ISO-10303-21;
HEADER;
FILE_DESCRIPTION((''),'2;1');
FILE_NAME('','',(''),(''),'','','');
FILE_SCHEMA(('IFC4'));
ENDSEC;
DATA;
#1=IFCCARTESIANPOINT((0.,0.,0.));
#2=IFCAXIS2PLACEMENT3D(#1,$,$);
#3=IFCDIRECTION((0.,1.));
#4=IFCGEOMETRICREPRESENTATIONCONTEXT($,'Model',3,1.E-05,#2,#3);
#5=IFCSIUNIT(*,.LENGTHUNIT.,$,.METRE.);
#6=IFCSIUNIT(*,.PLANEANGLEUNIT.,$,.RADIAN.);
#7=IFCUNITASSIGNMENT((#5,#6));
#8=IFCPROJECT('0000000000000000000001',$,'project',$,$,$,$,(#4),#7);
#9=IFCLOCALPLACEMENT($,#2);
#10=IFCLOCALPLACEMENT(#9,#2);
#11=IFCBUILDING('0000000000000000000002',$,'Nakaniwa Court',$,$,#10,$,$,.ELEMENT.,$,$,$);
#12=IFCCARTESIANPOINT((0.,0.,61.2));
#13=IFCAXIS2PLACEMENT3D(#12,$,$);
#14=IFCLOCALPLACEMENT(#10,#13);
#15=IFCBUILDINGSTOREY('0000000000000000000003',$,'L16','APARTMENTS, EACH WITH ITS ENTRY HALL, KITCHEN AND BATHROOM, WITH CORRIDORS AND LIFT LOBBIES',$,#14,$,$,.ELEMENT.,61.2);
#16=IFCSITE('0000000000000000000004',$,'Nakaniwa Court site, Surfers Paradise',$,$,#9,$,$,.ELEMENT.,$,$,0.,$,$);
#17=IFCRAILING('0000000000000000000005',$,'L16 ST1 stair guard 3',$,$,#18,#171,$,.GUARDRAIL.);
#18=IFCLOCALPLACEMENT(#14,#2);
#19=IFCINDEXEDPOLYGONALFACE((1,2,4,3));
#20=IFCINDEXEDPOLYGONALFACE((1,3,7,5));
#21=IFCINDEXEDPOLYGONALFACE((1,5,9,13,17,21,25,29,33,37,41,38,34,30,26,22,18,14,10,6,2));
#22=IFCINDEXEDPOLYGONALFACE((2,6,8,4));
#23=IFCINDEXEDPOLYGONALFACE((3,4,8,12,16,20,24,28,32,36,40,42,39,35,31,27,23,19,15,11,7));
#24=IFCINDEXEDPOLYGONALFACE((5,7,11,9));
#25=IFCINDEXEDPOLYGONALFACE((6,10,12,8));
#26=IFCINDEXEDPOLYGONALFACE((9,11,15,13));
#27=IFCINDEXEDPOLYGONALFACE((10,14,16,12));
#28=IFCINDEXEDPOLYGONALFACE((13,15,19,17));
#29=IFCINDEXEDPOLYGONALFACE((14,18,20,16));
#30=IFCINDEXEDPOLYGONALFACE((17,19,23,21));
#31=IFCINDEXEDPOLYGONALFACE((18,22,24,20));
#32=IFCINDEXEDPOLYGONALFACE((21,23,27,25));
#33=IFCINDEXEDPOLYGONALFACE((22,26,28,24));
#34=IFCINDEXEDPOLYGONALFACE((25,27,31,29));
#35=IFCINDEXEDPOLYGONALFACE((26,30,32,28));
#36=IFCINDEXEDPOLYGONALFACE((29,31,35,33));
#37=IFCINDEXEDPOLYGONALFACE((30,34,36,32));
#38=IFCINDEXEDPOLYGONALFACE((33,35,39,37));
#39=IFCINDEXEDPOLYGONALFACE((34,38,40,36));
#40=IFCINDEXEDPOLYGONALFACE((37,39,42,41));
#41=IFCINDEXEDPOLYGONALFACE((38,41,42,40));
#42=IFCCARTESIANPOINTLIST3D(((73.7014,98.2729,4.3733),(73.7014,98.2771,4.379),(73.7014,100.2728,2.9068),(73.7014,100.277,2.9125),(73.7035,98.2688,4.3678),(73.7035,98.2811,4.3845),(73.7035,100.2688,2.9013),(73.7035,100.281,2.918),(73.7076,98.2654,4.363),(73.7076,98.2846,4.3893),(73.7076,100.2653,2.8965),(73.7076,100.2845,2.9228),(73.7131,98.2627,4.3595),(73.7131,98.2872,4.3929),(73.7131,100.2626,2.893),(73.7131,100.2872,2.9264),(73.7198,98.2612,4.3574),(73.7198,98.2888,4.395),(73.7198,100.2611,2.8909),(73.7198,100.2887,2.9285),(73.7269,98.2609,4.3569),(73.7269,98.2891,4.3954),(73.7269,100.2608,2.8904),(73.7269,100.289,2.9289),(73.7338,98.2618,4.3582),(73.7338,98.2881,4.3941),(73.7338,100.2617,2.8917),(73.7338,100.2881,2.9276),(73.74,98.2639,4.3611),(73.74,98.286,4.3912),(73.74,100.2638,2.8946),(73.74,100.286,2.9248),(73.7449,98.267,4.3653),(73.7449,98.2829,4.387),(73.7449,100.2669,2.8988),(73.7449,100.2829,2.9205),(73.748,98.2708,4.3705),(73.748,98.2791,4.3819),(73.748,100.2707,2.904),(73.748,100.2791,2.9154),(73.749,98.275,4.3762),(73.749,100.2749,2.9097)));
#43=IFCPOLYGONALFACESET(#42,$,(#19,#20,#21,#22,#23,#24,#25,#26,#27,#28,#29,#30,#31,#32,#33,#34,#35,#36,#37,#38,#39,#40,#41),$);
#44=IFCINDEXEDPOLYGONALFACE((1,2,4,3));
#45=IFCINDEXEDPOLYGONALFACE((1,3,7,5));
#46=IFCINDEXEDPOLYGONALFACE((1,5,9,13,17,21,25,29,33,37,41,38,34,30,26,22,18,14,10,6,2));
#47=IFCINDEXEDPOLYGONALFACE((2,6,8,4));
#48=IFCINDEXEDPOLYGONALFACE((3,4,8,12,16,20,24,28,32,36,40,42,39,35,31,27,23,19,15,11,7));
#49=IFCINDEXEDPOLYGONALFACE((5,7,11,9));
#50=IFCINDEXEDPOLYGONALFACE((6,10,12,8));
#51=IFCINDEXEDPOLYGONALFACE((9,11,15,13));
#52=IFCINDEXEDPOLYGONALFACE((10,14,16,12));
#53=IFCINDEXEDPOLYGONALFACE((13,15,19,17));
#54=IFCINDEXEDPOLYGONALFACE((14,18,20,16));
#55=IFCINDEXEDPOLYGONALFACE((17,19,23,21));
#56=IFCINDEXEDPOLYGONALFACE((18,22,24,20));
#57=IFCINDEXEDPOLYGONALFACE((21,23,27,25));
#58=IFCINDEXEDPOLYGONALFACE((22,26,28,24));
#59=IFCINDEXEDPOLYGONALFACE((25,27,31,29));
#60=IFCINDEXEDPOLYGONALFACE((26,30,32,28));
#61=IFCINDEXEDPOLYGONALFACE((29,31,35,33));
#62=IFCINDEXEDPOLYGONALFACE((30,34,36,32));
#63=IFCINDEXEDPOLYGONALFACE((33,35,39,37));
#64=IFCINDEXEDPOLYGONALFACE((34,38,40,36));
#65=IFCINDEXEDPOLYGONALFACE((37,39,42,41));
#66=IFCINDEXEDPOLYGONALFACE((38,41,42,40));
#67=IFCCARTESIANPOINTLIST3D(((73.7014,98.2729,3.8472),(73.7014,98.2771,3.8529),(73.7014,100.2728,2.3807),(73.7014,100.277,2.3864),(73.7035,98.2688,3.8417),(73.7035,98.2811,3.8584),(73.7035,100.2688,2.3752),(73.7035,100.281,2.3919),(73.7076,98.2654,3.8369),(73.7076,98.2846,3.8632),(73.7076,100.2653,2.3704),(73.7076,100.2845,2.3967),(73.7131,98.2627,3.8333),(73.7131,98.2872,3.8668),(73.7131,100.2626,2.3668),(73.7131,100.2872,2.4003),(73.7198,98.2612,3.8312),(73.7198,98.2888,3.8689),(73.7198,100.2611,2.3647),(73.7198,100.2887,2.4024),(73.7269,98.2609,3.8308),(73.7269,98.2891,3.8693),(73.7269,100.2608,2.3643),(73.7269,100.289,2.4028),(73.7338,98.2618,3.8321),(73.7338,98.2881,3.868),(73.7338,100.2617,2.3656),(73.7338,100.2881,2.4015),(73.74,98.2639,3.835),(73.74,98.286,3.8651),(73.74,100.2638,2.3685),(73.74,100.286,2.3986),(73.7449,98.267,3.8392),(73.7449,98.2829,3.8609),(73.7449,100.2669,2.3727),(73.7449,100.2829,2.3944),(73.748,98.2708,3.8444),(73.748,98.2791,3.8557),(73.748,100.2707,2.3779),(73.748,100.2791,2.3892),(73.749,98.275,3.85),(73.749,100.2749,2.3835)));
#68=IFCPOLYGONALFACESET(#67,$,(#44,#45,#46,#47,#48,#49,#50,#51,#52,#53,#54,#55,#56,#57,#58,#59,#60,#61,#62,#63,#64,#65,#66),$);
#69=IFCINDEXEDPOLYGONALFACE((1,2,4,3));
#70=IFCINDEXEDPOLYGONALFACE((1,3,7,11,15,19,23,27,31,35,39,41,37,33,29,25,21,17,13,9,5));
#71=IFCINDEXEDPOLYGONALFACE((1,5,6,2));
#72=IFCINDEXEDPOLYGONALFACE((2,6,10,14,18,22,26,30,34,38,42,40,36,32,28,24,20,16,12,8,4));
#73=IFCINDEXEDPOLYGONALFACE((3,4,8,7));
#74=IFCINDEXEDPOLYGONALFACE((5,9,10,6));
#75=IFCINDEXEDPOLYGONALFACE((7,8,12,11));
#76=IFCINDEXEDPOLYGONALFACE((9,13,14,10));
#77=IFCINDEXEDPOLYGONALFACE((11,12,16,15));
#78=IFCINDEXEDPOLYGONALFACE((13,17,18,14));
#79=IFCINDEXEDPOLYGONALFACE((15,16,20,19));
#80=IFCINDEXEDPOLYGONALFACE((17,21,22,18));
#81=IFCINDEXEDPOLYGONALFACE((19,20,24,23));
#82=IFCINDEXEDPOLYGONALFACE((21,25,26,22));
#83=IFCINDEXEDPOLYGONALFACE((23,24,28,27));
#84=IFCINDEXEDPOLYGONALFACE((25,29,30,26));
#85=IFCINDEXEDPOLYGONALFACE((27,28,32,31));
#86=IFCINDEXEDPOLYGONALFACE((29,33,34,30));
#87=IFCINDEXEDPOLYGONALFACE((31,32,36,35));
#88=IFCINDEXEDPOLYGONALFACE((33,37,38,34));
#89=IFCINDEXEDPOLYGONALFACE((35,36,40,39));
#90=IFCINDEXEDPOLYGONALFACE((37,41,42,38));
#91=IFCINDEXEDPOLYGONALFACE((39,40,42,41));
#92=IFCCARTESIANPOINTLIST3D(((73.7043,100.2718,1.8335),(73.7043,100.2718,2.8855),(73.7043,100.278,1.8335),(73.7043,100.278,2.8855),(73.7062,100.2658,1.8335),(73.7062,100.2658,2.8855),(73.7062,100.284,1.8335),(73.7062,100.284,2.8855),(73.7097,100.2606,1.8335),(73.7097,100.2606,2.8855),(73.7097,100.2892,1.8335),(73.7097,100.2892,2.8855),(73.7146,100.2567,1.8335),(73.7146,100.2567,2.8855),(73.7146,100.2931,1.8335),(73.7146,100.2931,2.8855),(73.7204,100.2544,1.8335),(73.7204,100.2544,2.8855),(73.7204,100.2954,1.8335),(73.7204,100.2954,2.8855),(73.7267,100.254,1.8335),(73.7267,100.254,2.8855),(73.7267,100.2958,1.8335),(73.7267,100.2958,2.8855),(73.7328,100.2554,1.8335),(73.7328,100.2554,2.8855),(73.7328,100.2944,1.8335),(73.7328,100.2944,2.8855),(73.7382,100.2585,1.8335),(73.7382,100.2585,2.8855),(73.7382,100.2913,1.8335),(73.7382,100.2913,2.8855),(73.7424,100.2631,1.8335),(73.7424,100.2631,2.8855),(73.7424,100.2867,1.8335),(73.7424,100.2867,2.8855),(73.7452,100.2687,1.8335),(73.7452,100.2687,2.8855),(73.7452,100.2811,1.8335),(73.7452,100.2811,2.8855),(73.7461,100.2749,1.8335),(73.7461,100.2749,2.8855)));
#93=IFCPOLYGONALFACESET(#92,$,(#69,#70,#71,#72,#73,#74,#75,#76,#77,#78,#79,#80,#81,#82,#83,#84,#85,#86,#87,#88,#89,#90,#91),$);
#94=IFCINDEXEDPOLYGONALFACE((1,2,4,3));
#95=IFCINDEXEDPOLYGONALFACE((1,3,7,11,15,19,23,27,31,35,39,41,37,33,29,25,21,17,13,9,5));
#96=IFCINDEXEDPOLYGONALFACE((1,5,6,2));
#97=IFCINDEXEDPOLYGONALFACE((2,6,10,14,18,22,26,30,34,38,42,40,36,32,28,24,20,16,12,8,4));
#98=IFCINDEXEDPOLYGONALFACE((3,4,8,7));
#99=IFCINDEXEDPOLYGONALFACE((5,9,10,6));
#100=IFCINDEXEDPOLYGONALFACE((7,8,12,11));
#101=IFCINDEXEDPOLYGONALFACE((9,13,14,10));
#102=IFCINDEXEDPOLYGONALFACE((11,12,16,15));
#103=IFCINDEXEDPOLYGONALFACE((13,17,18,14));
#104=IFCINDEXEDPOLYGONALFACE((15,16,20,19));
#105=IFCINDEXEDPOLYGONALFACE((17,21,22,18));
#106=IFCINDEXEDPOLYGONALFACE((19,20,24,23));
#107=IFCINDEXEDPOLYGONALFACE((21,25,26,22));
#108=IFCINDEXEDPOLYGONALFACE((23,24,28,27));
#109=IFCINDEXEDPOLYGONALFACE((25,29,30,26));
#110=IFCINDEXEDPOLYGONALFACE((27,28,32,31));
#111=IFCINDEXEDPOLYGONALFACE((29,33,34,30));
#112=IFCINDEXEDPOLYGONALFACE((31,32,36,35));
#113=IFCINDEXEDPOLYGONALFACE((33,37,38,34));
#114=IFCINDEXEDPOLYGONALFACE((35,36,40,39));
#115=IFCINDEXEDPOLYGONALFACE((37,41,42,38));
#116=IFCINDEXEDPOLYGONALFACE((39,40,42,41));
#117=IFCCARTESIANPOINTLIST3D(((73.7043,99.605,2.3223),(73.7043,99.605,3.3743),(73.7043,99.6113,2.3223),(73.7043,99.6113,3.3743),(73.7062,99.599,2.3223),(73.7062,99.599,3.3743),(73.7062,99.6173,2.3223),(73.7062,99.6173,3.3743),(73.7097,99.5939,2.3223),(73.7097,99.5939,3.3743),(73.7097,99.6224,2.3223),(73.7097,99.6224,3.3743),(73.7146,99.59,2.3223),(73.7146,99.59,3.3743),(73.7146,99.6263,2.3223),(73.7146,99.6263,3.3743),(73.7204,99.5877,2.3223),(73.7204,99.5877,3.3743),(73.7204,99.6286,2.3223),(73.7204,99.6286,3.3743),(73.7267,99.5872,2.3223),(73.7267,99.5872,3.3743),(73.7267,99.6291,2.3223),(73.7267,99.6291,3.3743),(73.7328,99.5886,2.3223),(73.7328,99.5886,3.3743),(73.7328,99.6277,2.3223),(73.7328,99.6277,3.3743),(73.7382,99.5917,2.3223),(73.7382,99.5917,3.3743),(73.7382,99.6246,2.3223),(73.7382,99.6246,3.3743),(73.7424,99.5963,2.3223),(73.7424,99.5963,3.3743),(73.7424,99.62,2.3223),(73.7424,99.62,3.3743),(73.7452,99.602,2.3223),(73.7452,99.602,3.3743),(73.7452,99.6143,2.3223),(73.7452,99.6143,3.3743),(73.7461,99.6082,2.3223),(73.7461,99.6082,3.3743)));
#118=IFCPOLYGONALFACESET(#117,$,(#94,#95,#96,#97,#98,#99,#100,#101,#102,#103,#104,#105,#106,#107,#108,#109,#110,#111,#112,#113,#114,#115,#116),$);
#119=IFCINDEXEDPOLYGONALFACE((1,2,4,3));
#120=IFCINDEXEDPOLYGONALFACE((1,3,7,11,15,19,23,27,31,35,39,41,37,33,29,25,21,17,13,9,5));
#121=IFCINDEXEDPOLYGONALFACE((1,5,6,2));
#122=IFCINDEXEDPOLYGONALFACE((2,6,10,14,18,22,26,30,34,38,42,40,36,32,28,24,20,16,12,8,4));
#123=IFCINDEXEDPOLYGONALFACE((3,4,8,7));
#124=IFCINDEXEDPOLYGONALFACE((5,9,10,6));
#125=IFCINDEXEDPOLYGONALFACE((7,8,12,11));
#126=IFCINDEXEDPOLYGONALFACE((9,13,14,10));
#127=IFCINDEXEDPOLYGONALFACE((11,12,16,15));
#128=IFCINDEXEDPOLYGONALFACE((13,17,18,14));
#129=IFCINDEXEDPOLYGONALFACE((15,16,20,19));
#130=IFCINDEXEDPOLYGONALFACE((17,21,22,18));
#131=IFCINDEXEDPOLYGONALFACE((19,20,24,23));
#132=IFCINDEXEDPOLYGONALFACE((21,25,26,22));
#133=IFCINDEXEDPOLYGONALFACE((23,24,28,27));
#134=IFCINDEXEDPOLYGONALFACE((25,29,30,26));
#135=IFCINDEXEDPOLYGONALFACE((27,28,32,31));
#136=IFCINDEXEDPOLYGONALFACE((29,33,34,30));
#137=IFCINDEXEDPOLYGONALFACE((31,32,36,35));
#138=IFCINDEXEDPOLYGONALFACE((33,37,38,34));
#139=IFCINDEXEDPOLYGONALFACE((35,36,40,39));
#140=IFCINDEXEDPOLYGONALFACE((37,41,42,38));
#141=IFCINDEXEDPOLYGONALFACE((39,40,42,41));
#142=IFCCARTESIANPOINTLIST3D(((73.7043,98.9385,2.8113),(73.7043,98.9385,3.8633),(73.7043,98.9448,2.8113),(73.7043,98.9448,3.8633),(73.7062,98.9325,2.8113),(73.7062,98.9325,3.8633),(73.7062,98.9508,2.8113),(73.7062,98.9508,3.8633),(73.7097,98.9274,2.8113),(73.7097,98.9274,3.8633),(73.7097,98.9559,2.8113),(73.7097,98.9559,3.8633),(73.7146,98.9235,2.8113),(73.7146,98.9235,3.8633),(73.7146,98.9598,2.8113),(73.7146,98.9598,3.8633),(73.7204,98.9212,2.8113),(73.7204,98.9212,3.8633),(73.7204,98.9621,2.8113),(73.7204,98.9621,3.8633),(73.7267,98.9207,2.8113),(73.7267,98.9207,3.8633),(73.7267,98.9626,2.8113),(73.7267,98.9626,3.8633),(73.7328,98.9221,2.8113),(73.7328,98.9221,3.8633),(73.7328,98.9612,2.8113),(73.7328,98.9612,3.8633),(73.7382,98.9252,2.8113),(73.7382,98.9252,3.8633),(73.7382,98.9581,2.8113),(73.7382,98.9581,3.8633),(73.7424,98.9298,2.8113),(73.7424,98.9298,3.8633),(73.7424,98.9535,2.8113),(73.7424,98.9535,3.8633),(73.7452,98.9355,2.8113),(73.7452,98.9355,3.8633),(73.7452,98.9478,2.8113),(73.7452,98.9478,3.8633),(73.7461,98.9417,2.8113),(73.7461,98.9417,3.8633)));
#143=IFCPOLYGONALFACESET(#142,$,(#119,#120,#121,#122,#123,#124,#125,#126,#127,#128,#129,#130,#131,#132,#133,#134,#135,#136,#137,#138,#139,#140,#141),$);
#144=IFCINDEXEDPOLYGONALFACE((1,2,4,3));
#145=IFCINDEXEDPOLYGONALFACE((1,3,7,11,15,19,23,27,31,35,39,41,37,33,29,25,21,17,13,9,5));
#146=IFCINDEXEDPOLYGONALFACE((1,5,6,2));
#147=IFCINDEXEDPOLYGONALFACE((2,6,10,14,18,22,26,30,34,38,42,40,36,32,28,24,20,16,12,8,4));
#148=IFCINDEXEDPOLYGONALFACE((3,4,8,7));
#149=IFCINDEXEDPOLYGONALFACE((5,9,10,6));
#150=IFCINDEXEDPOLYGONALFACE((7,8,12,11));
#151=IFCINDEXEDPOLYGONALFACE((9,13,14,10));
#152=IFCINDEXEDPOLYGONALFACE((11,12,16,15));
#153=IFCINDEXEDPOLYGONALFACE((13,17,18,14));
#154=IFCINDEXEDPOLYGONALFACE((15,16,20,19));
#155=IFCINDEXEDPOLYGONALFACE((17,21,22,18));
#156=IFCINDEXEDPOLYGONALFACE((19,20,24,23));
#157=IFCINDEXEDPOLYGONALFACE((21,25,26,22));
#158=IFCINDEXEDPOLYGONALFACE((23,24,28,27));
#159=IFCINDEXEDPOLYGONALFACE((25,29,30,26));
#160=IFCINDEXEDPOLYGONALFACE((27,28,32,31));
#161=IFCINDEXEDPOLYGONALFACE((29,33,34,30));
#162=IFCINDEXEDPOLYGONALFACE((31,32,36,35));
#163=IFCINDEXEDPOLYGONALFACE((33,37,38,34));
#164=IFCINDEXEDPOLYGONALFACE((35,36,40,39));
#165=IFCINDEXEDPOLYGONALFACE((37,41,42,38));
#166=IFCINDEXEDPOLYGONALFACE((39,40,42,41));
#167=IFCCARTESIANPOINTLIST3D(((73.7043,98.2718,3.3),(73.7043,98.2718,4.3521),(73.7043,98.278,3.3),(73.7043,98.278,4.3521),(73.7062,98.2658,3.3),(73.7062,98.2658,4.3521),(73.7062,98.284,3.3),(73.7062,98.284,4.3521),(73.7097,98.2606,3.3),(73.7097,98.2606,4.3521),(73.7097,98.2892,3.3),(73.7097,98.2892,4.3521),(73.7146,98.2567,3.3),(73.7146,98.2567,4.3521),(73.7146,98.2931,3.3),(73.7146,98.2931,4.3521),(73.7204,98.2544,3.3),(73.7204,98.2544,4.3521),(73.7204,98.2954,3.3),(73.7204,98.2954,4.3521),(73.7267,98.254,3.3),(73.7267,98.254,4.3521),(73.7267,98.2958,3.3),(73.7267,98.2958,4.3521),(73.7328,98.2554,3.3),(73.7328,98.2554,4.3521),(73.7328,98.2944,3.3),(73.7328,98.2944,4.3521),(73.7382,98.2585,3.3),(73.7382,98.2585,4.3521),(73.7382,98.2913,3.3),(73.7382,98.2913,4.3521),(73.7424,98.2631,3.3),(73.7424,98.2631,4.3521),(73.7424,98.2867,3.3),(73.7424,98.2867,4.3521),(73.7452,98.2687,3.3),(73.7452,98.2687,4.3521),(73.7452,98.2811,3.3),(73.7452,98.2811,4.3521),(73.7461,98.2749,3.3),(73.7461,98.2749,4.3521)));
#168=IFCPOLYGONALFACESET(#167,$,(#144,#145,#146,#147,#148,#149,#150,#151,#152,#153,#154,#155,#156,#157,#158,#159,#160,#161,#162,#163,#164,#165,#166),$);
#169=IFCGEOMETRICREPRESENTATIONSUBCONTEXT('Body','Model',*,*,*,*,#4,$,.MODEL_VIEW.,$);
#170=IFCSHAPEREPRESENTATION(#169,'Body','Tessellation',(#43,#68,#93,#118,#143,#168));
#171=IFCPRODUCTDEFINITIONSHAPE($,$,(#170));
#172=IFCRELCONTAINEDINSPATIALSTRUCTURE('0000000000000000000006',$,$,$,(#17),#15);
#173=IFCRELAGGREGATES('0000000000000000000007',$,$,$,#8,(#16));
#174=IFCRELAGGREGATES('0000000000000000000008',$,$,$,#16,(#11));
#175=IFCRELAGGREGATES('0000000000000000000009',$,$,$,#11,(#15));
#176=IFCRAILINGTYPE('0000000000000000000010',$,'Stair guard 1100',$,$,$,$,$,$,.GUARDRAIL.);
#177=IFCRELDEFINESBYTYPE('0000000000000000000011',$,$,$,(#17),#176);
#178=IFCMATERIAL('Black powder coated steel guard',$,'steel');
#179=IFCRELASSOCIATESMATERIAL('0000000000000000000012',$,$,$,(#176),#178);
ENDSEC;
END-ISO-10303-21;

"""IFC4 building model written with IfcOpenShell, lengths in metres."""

from ifc_helpers import new_model, si_unit, direction, frame, origin, origin_2d, place, context, subcontext, project, spatial, circle, extrude, material, type_object, element, save


model = new_model("IFC4")

# Units and contexts
model_context = context("Model", 3, precision=1e-05, world=origin(), true_north=direction((0.0, 1.0)))
body_context = subcontext(model_context, "Body", "Model", "MODEL_VIEW")
ifc_project = project(units=[si_unit("LENGTHUNIT", "METRE"), si_unit("PLANEANGLEUNIT", "RADIAN")], contexts=[model_context])

# Site, building, storey
site_placement = place(None, origin())
site = spatial("IfcSite", under=ifc_project, at=site_placement, Name="Nakaniwa Court site, Surfers Paradise", CompositionType="ELEMENT", RefElevation=0.0)
building_placement = place(site_placement, origin())
building = spatial("IfcBuilding", under=site, at=building_placement, Name="Nakaniwa Court", CompositionType="ELEMENT")
storey_placement = place(building_placement, frame((0.0, 0.0, 61.2)))
storey = spatial("IfcBuildingStorey", under=building, at=storey_placement, Name="L16", Description="APARTMENTS, EACH WITH ITS ENTRY HALL, KITCHEN AND BATHROOM, WITH CORRIDORS AND LIFT LOBBIES", CompositionType="ELEMENT", Elevation=61.2)

# Railing
ifc_material_1 = material(Name="Black powder coated steel guard", Category="steel")
railing_type_1 = type_object("IfcRailingType", Name="Stair guard 1100", PredefinedType="GUARDRAIL", material=ifc_material_1)
railing_1_placement = place(storey_placement, frame((73.7251, 100.2749, 1.8335)))
element("IfcRailing", 1, at=railing_1_placement, inside=storey, type_object=railing_type_1, Name="L16 ST1 stair guard 3", PredefinedType="GUARDRAIL", context=body_context, shape_type="SweptSolid", body=[
    extrude(circle(Radius=0.0239, at=origin_2d()), frame((0.0, 0.0, 1.0762), z_axis=(0.0, -0.806427, 0.591334), x_axis=(1.0, 0.0, 0.0)), (0.0, 0.0, 1.0), 2.48),
    extrude(circle(Radius=0.0239, at=origin_2d()), frame((0.0, 0.0, 0.55), z_axis=(0.0, -0.806427, 0.591334), x_axis=(1.0, 0.0, 0.0)), (0.0, 0.0, 1.0), 2.48),
    extrude(circle(Radius=0.021, at=origin_2d()), origin(), (0.0, 0.0, 1.0), 1.052),
    extrude(circle(Radius=0.021, at=origin_2d()), frame((0.0, -0.6667, 0.4888)), (0.0, 0.0, 1.0), 1.052),
    extrude(circle(Radius=0.021, at=origin_2d()), frame((0.0, -1.3333, 0.9778)), (0.0, 0.0, 1.0), 1.052),
    extrude(circle(Radius=0.021, at=origin_2d()), frame((0.0, -2.0, 1.4666)), (0.0, 0.0, 1.0), 1.052),
])

save(model, "model.ifc")
